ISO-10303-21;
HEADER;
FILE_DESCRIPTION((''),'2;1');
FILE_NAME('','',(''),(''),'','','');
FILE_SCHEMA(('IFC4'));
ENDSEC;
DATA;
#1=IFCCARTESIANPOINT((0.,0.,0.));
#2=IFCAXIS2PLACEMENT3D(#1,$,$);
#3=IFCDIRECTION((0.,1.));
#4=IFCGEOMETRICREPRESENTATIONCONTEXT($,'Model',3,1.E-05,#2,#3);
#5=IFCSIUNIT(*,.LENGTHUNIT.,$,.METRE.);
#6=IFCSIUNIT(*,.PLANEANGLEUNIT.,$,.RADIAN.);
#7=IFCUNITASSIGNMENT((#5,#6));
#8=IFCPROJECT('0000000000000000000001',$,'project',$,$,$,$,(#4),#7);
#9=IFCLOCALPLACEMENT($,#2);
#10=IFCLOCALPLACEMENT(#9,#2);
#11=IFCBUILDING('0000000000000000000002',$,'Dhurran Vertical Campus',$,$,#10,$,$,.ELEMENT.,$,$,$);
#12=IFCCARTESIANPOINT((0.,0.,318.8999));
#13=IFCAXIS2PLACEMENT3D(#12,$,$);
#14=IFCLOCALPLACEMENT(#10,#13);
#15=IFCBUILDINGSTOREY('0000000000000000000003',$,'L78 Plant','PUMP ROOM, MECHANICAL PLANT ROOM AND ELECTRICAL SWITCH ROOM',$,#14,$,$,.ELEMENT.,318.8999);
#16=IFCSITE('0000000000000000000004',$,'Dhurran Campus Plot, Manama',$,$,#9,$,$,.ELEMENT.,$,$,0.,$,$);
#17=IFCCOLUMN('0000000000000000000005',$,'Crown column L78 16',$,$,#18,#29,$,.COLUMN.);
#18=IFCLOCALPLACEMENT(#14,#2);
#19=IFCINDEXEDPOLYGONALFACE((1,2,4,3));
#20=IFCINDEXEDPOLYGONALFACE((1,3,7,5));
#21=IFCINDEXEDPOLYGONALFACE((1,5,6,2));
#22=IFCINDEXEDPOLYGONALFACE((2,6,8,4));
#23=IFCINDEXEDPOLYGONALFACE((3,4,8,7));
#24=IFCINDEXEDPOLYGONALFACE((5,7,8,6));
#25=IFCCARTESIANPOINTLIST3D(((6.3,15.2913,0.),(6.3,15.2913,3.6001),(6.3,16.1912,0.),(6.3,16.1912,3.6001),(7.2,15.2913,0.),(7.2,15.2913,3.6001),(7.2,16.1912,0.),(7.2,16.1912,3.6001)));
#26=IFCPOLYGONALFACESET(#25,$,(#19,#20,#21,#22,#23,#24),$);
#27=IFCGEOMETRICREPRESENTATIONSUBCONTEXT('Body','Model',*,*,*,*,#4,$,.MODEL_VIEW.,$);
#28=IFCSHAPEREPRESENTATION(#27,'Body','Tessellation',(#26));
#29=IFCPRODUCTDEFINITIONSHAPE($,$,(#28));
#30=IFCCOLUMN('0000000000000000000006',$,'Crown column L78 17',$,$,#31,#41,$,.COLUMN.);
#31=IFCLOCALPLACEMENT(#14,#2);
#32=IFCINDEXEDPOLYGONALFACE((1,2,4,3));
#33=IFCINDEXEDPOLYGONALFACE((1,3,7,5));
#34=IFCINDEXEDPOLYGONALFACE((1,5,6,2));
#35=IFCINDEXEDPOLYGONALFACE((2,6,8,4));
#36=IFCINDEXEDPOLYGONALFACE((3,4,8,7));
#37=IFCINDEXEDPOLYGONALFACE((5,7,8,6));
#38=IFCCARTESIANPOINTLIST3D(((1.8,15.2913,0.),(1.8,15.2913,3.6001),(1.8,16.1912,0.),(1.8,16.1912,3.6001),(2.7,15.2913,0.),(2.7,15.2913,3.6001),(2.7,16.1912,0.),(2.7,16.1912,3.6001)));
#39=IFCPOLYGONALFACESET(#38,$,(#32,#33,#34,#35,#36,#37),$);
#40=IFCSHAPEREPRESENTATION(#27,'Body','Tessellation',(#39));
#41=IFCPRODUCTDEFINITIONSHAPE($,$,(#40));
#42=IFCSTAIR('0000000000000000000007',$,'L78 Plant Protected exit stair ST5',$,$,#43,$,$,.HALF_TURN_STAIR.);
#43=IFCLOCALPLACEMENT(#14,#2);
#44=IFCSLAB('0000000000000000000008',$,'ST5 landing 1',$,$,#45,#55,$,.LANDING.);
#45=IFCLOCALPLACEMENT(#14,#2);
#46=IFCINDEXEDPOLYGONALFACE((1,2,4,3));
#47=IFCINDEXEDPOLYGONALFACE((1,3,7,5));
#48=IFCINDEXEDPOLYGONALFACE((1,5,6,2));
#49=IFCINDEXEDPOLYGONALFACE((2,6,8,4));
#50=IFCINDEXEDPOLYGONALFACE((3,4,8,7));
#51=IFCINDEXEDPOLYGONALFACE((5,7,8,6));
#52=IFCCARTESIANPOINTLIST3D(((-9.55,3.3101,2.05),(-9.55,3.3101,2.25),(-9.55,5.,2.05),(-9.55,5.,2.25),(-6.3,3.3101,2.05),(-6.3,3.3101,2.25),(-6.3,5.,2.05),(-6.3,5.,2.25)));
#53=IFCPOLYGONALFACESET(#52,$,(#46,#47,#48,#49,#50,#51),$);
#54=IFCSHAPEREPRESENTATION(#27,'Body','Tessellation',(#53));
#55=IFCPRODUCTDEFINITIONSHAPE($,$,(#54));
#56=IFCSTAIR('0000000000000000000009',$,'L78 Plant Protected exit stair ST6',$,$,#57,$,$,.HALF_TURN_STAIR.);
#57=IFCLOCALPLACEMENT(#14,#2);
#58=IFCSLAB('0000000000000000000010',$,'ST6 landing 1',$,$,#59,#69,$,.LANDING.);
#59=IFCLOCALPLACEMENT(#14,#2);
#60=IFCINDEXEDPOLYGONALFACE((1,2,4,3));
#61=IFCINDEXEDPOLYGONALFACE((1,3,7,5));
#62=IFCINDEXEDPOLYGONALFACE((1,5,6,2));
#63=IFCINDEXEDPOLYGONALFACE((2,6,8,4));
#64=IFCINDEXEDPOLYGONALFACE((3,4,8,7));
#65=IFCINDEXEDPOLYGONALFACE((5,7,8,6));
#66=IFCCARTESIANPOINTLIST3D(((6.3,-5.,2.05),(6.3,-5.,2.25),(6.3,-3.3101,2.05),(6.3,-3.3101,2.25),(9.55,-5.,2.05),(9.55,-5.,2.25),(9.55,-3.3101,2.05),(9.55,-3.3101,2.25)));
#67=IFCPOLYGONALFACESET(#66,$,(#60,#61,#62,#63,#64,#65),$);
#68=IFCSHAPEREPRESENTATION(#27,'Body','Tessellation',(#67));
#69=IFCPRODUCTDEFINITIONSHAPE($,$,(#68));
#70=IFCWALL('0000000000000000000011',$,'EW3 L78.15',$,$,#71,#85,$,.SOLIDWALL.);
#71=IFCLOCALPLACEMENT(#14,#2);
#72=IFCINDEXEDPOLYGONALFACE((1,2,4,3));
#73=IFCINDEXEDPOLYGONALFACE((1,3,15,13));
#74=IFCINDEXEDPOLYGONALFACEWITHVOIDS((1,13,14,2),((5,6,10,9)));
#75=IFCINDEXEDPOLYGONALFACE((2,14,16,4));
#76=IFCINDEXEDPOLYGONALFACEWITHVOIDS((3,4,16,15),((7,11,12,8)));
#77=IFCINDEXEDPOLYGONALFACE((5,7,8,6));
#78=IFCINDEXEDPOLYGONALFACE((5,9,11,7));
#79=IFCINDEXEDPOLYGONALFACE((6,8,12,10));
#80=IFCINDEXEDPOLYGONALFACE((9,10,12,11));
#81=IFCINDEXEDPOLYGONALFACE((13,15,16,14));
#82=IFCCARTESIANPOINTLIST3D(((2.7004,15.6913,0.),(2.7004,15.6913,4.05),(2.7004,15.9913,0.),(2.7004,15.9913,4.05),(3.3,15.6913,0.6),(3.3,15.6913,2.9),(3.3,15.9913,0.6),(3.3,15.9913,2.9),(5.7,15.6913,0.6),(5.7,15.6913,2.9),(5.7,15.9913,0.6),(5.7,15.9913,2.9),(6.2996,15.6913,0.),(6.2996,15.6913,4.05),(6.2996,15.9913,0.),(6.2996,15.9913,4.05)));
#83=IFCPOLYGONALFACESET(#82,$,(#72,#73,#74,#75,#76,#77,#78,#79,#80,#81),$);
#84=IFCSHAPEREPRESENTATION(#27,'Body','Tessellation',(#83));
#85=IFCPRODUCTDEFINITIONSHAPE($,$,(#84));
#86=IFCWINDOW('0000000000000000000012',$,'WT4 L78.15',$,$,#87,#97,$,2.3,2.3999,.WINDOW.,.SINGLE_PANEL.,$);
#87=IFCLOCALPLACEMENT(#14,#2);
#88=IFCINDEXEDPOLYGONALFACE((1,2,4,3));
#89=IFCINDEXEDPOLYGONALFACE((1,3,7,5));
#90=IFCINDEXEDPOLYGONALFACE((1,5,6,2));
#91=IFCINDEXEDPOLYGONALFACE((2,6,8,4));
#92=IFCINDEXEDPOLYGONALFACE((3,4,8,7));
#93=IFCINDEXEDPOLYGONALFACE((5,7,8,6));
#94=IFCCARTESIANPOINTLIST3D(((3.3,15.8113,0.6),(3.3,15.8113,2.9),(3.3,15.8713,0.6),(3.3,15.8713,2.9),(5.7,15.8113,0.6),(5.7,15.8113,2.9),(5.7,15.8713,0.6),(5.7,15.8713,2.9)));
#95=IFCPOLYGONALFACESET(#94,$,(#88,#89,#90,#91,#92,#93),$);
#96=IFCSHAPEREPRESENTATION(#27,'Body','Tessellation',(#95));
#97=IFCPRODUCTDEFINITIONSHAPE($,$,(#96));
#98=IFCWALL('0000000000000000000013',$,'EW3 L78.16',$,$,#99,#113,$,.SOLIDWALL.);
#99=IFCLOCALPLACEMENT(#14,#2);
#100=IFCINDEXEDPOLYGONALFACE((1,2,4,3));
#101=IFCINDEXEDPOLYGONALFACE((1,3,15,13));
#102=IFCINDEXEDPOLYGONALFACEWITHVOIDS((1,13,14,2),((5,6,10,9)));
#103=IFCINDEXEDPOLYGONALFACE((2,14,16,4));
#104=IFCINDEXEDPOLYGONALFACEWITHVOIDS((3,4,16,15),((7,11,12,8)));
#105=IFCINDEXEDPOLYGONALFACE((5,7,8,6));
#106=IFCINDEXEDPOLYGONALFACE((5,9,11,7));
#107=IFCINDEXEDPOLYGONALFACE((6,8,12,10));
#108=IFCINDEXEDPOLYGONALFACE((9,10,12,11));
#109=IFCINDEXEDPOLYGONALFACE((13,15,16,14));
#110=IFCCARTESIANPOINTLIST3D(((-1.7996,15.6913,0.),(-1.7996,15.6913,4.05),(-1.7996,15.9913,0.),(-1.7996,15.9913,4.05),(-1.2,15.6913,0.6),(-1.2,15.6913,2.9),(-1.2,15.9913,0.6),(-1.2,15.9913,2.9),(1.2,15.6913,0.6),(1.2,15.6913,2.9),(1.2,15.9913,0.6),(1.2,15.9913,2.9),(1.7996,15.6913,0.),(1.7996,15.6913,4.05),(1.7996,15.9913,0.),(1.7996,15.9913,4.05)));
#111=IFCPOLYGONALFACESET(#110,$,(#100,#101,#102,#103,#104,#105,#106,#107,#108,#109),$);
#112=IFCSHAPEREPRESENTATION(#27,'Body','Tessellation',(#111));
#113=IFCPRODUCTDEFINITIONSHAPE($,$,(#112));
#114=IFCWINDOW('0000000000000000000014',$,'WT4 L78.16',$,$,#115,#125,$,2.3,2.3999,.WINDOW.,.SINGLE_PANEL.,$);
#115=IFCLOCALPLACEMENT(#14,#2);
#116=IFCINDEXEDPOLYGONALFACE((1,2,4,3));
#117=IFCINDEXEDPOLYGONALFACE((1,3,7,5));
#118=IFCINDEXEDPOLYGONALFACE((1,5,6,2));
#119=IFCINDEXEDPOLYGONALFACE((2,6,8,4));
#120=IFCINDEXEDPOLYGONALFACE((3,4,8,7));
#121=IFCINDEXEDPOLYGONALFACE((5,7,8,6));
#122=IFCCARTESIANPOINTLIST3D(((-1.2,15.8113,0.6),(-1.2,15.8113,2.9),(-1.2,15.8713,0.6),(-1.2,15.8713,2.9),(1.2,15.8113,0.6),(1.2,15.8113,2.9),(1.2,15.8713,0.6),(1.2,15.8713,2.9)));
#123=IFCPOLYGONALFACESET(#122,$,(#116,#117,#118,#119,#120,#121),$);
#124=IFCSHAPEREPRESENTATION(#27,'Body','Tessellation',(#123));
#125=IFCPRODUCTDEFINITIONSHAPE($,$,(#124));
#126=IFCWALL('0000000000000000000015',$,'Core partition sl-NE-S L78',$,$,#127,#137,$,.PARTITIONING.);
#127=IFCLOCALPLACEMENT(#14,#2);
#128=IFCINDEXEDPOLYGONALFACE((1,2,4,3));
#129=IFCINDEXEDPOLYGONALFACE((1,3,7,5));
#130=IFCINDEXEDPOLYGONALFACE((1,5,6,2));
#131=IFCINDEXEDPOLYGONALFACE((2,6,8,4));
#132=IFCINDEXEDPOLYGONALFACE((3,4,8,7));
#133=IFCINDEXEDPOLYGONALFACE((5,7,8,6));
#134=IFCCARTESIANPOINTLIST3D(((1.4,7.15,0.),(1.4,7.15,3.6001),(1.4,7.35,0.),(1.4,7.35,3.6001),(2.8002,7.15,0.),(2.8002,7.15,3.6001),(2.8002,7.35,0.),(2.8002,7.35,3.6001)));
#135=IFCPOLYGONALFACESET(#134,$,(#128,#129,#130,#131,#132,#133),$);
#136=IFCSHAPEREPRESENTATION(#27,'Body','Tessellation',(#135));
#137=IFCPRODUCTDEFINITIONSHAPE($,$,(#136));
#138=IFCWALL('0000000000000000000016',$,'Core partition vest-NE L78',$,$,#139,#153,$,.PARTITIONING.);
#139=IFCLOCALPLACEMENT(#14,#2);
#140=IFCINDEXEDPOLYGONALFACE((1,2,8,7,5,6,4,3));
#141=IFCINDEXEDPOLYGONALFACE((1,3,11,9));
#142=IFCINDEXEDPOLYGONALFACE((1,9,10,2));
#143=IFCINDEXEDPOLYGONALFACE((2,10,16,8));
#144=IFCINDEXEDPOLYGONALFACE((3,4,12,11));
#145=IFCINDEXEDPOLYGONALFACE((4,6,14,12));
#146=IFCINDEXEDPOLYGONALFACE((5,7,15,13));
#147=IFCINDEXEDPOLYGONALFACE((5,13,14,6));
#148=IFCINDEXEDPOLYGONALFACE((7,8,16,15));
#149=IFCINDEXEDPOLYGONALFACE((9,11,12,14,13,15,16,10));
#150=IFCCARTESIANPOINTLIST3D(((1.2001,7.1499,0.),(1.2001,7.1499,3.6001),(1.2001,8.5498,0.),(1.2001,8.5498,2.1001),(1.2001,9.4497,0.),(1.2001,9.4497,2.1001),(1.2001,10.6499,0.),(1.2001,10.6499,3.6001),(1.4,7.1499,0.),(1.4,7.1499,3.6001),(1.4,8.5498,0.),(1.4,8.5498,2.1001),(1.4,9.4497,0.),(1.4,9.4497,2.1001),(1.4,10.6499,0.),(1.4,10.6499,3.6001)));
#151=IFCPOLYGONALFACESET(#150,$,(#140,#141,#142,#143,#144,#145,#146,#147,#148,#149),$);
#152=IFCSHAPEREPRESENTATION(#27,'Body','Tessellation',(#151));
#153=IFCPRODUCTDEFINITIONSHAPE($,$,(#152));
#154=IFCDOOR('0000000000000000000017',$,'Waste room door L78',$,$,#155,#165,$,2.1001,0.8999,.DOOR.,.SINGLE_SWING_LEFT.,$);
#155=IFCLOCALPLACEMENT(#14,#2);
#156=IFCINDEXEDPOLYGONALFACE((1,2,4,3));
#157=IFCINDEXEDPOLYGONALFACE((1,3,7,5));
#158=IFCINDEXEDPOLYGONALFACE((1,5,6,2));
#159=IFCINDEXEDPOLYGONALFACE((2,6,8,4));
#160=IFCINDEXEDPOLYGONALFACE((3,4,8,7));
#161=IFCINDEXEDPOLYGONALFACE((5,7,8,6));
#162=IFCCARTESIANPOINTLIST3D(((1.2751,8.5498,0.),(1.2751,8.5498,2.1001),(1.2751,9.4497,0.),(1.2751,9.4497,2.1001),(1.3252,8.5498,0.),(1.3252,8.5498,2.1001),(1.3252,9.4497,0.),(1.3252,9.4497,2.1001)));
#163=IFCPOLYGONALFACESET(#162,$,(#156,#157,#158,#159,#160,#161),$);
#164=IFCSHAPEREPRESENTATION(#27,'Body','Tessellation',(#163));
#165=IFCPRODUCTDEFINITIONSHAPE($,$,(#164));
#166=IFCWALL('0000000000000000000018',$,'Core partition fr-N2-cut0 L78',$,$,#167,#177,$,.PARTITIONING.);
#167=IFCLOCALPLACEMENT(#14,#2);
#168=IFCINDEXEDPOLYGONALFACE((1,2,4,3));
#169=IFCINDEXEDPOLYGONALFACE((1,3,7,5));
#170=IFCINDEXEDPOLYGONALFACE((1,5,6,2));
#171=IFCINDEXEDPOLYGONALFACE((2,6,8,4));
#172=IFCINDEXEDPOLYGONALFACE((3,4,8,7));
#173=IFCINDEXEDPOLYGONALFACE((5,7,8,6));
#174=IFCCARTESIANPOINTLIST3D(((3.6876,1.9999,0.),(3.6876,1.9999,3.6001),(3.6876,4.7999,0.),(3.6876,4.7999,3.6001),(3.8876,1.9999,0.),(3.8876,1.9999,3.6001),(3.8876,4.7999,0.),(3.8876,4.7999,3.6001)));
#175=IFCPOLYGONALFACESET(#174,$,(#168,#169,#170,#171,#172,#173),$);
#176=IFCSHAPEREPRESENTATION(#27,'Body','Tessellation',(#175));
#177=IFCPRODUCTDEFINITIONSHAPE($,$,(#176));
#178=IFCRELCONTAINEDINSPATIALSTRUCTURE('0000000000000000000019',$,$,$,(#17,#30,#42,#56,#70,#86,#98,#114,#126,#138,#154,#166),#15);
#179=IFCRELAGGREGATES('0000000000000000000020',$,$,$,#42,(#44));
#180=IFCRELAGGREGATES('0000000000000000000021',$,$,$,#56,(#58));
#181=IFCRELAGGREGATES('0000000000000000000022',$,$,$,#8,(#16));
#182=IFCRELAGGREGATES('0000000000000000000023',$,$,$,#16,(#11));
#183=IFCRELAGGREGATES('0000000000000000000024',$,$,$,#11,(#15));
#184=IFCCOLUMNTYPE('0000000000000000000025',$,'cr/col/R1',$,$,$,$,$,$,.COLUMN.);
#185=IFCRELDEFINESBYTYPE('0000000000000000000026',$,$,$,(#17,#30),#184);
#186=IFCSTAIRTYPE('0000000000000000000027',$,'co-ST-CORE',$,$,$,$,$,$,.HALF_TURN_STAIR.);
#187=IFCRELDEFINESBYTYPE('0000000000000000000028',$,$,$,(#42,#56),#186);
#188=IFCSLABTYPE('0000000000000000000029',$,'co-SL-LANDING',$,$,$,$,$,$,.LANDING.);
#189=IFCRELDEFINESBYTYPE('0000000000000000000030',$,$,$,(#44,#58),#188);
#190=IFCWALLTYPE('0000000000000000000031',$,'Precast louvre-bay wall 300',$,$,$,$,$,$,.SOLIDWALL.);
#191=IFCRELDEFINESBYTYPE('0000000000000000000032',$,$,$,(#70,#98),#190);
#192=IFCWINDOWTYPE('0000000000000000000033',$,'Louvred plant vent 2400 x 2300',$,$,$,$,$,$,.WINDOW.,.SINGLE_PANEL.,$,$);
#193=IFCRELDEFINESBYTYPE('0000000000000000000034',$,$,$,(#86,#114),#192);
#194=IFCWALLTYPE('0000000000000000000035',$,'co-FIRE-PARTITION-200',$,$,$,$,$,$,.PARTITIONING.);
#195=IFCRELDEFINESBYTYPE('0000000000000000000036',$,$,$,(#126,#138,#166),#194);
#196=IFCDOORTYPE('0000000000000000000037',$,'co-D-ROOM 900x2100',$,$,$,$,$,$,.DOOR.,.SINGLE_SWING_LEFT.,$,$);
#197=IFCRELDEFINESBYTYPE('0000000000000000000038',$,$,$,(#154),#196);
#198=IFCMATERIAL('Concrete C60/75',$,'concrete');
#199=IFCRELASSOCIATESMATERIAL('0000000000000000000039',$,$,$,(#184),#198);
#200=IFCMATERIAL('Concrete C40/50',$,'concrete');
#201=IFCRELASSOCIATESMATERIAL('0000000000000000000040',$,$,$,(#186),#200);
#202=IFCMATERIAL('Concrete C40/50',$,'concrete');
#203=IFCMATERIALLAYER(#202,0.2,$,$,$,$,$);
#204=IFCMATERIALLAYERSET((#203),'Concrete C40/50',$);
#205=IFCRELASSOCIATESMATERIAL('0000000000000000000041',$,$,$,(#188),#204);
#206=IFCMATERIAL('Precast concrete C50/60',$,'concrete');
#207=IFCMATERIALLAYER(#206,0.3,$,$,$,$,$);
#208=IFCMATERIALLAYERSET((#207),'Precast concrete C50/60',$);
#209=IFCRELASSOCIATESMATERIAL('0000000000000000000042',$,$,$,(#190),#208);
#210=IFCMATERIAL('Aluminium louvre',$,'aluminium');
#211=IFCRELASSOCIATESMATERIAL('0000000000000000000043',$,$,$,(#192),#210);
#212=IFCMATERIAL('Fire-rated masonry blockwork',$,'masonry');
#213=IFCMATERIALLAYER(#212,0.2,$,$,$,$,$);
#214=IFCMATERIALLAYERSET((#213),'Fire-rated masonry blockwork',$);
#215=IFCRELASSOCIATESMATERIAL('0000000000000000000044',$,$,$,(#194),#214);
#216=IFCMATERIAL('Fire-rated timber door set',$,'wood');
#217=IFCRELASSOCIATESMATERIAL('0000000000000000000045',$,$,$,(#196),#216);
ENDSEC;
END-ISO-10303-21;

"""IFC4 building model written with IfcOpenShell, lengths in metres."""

from ifc_helpers import new_model, si_unit, direction, frame, frame_2d, origin, origin_2d, place, context, subcontext, project, spatial, polyline, rectangle, outline, extrude, material, layer, layer_set, material_profile, profile_set, type_object, element, fill, aggregate, save


model = new_model("IFC4")

# Units and contexts
model_context = context("Model", 3, precision=1e-05, world=origin(), true_north=direction((0.0, 1.0)))
body_context = subcontext(model_context, "Body", "Model", "MODEL_VIEW")
ifc_project = project(units=[si_unit("LENGTHUNIT", "METRE"), si_unit("PLANEANGLEUNIT", "RADIAN")], contexts=[model_context])

# Site, building, storey
site_placement = place(None, origin())
site = spatial("IfcSite", under=ifc_project, at=site_placement, Name="Dhurran Campus Plot, Manama", CompositionType="ELEMENT", RefElevation=0.0)
building_placement = place(site_placement, origin())
building = spatial("IfcBuilding", under=site, at=building_placement, Name="Dhurran Vertical Campus", CompositionType="ELEMENT")
storey_placement = place(building_placement, frame((0.0, 0.0, 318.8999)))
storey = spatial("IfcBuildingStorey", under=building, at=storey_placement, Name="L78 Plant", Description="PUMP ROOM, MECHANICAL PLANT ROOM AND ELECTRICAL SWITCH ROOM", CompositionType="ELEMENT", Elevation=318.8999)

# Columns
ifc_material_1 = material(Name="Concrete C60/75", Category="concrete")
ifc_material_profile = material_profile(ifc_material_1, rectangle(XDim=0.8999, YDim=0.8999, at=origin_2d()), Name="cr/col/R1")
ifc_profile_set = profile_set([ifc_material_profile], Name="Concrete C60/75")
column_type = type_object("IfcColumnType", Name="cr/col/R1", PredefinedType="COLUMN", material=ifc_profile_set)
for number, where, z_axis, x_axis, name in (
    (1, (6.75, 15.7412, 0.0), (0.0, 0.0, 1.0), (-1.0, 0.0, 0.0), "Crown column L78 16"),
    (2, (2.25, 15.7412, 0.0), (0.0, 0.0, 1.0), (-1.0, 0.0, 0.0), "Crown column L78 17"),
):
    element("IfcColumn", number, at=place(storey_placement, frame(where, z_axis=z_axis, x_axis=x_axis)), inside=storey, type_object=column_type, Name=name, PredefinedType="COLUMN", context=body_context, shape_type="SweptSolid", body=[
        extrude(rectangle(XDim=0.8999, YDim=0.8999, at=origin_2d()), origin(), (0.0, 0.0, 1.0), 3.6001),
    ])

# Stairs, slabs
ifc_material_2 = material(Name="Concrete C40/50", Category="concrete")
stair_type = type_object("IfcStairType", Name="co-ST-CORE", PredefinedType="HALF_TURN_STAIR", material=ifc_material_2)
stair_1_placement = place(storey_placement, origin())
stair_1 = element("IfcStair", 3, at=stair_1_placement, inside=storey, type_object=stair_type, Name="L78 Plant Protected exit stair ST5", PredefinedType="HALF_TURN_STAIR")
ifc_material_3 = material(Name="Concrete C40/50", Category="concrete")
ifc_layer_1 = layer(ifc_material_3, 0.2)
ifc_layer_set_1 = layer_set([ifc_layer_1], Name="Concrete C40/50")
slab_type = type_object("IfcSlabType", Name="co-SL-LANDING", PredefinedType="LANDING", material=ifc_layer_set_1)
slab_1_placement = place(storey_placement, frame((0.0, 0.0, 2.05)))
slab_1 = element("IfcSlab", 4, at=slab_1_placement, type_object=slab_type, Name="ST5 landing 1", PredefinedType="LANDING", context=body_context, shape_type="SweptSolid", body=[
    extrude(outline(polyline([(-6.3, 3.3101), (-6.3, 5.0), (-9.55, 5.0), (-9.55, 3.3101), (-6.3, 3.3101)])), origin(), (0.0, 0.0, 1.0), 0.2),
])
aggregate(stair_1, [slab_1])
stair_2_placement = place(storey_placement, origin())
stair_2 = element("IfcStair", 5, at=stair_2_placement, inside=storey, type_object=stair_type, Name="L78 Plant Protected exit stair ST6", PredefinedType="HALF_TURN_STAIR")
slab_2_placement = place(storey_placement, frame((0.0, 0.0, 2.05)))
slab_2 = element("IfcSlab", 6, at=slab_2_placement, type_object=slab_type, Name="ST6 landing 1", PredefinedType="LANDING", context=body_context, shape_type="SweptSolid", body=[
    extrude(outline(polyline([(6.3, -3.3101), (6.3, -5.0), (9.55, -5.0), (9.55, -3.3101), (6.3, -3.3101)])), origin(), (0.0, 0.0, 1.0), 0.2),
])
aggregate(stair_2, [slab_2])

# Walls, openings, windows
ifc_material_4 = material(Name="Precast concrete C50/60", Category="concrete")
ifc_layer_2 = layer(ifc_material_4, 0.3)
ifc_layer_set_2 = layer_set([ifc_layer_2], Name="Precast concrete C50/60")
wall_type_1 = type_object("IfcWallType", Name="Precast louvre-bay wall 300", PredefinedType="SOLIDWALL", material=ifc_layer_set_2)
wall_1_placement = place(storey_placement, frame((6.2996, 15.8413, 0.0), z_axis=(0.0, 0.0, 1.0), x_axis=(-1.0, 0.0, 0.0)))
wall_1 = element("IfcWall", 7, at=wall_1_placement, inside=storey, type_object=wall_type_1, Name="EW3 L78.15", PredefinedType="SOLIDWALL", context=body_context, shape_type="SweptSolid", body=[
    extrude(rectangle(XDim=3.5991, YDim=0.3, at=frame_2d((1.7996, 0.0))), origin(), (0.0, 0.0, 1.0), 4.05),
])
opening_1_placement = place(wall_1_placement, frame((0.5996, 0.0, 0.6001)))
opening_1 = element("IfcOpeningElement", 8, at=opening_1_placement, cuts=wall_1, PredefinedType="OPENING", context=body_context, shape_type="SweptSolid", body=[
    extrude(rectangle(XDim=2.3999, YDim=2.3, at=frame_2d((1.2, 1.1499))), frame((0.0, 0.1599, 0.0), z_axis=(0.0, -1.0, 0.0), x_axis=(1.0, 0.0, 0.0)), (0.0, 0.0, 1.0), 0.3201),
])
ifc_material_5 = material(Name="Aluminium louvre", Category="aluminium")
window_type = type_object("IfcWindowType", Name="Louvred plant vent 2400 x 2300", PartitioningType="SINGLE_PANEL", PredefinedType="WINDOW", material=ifc_material_5)
window_1_placement = place(opening_1_placement, origin())
window_1 = element("IfcWindow", 9, at=window_1_placement, inside=storey, type_object=window_type, Name="WT4 L78.15", OverallHeight=2.3, OverallWidth=2.3999, PartitioningType="SINGLE_PANEL", PredefinedType="WINDOW", context=body_context, shape_type="SweptSolid", body=[
    extrude(rectangle(XDim=2.3999, YDim=2.3, at=frame_2d((1.2, 1.1499))), frame((0.0, 0.03, 0.0), z_axis=(0.0, -1.0, 0.0), x_axis=(1.0, 0.0, 0.0)), (0.0, 0.0, 1.0), 0.0601),
])
fill(opening_1, window_1)
wall_2_placement = place(storey_placement, frame((1.7996, 15.8413, 0.0), z_axis=(0.0, 0.0, 1.0), x_axis=(-1.0, 0.0, 0.0)))
wall_2 = element("IfcWall", 10, at=wall_2_placement, inside=storey, type_object=wall_type_1, Name="EW3 L78.16", PredefinedType="SOLIDWALL", context=body_context, shape_type="SweptSolid", body=[
    extrude(rectangle(XDim=3.5991, YDim=0.3, at=frame_2d((1.7996, 0.0))), origin(), (0.0, 0.0, 1.0), 4.05),
])
opening_2_placement = place(wall_2_placement, frame((0.5996, 0.0, 0.6001)))
opening_2 = element("IfcOpeningElement", 11, at=opening_2_placement, cuts=wall_2, PredefinedType="OPENING", context=body_context, shape_type="SweptSolid", body=[
    extrude(rectangle(XDim=2.3999, YDim=2.3, at=frame_2d((1.2, 1.1499))), frame((0.0, 0.1599, 0.0), z_axis=(0.0, -1.0, 0.0), x_axis=(1.0, 0.0, 0.0)), (0.0, 0.0, 1.0), 0.3201),
])
window_2_placement = place(opening_2_placement, origin())
window_2 = element("IfcWindow", 12, at=window_2_placement, inside=storey, type_object=window_type, Name="WT4 L78.16", OverallHeight=2.3, OverallWidth=2.3999, PartitioningType="SINGLE_PANEL", PredefinedType="WINDOW", context=body_context, shape_type="SweptSolid", body=[
    extrude(rectangle(XDim=2.3999, YDim=2.3, at=frame_2d((1.2, 1.1499))), frame((0.0, 0.03, 0.0), z_axis=(0.0, -1.0, 0.0), x_axis=(1.0, 0.0, 0.0)), (0.0, 0.0, 1.0), 0.0601),
])
fill(opening_2, window_2)

# Wall
ifc_material_6 = material(Name="Fire-rated masonry blockwork", Category="masonry")
ifc_layer_3 = layer(ifc_material_6, 0.2)
ifc_layer_set_3 = layer_set([ifc_layer_3], Name="Fire-rated masonry blockwork")
wall_type_2 = type_object("IfcWallType", Name="co-FIRE-PARTITION-200", PredefinedType="PARTITIONING", material=ifc_layer_set_3)
wall_3_placement = place(storey_placement, frame((1.3999, 7.25, 0.0), z_axis=(0.0, 0.0, 1.0), x_axis=(1.0, 0.0, 0.0)))
element("IfcWall", 13, at=wall_3_placement, inside=storey, type_object=wall_type_2, Name="Core partition sl-NE-S L78", PredefinedType="PARTITIONING", context=body_context, shape_type="SweptSolid", body=[
    extrude(rectangle(XDim=1.4001, YDim=0.2, at=frame_2d((0.7002, 0.0))), origin(), (0.0, 0.0, 1.0), 3.6001),
])

# Wall, opening, door
wall_4_placement = place(storey_placement, frame((1.3, 7.1499, 0.0), z_axis=(0.0, 0.0, 1.0), x_axis=(0.0, 1.0, 0.0)))
wall_4 = element("IfcWall", 14, at=wall_4_placement, inside=storey, type_object=wall_type_2, Name="Core partition vest-NE L78", PredefinedType="PARTITIONING", context=body_context, shape_type="SweptSolid", body=[
    extrude(rectangle(XDim=3.5, YDim=0.2, at=frame_2d((1.75, 0.0))), origin(), (0.0, 0.0, 1.0), 3.6001),
])
opening_3_placement = place(wall_4_placement, frame((1.3999, 0.0, 0.0)))
opening_3 = element("IfcOpeningElement", 15, at=opening_3_placement, cuts=wall_4, PredefinedType="OPENING", context=body_context, shape_type="SweptSolid", body=[
    extrude(rectangle(XDim=0.8999, YDim=2.1001, at=frame_2d((0.45, 1.05))), frame((0.0, 0.1099, 0.0), z_axis=(0.0, -1.0, 0.0), x_axis=(1.0, 0.0, 0.0)), (0.0, 0.0, 1.0), 0.22),
])
ifc_material_7 = material(Name="Fire-rated timber door set", Category="wood")
door_type_1 = type_object("IfcDoorType", Name="co-D-ROOM 900x2100", OperationType="SINGLE_SWING_LEFT", PredefinedType="DOOR", material=ifc_material_7)
door_1_placement = place(opening_3_placement, origin())
door_1 = element("IfcDoor", 16, at=door_1_placement, inside=storey, type_object=door_type_1, Name="Waste room door L78", OperationType="SINGLE_SWING_LEFT", OverallHeight=2.1001, OverallWidth=0.8999, PredefinedType="DOOR", context=body_context, shape_type="SweptSolid", body=[
    extrude(rectangle(XDim=0.8999, YDim=2.1001, at=frame_2d((0.45, 1.05))), frame((0.0, 0.0249, 0.0), z_axis=(0.0, -1.0, 0.0), x_axis=(1.0, 0.0, 0.0)), (0.0, 0.0, 1.0), 0.05),
])
fill(opening_3, door_1)

# Wall
wall_5_placement = place(storey_placement, frame((3.7876, 2.0, 0.0), z_axis=(0.0, 0.0, 1.0), x_axis=(0.0, 1.0, 0.0)))
element("IfcWall", 17, at=wall_5_placement, inside=storey, type_object=wall_type_2, Name="Core partition fr-N2-cut0 L78", PredefinedType="PARTITIONING", context=body_context, shape_type="SweptSolid", body=[
    extrude(rectangle(XDim=2.8, YDim=0.2, at=frame_2d((1.3999, 0.0))), origin(), (0.0, 0.0, 1.0), 3.6001),
])

save(model, "model.ifc")
